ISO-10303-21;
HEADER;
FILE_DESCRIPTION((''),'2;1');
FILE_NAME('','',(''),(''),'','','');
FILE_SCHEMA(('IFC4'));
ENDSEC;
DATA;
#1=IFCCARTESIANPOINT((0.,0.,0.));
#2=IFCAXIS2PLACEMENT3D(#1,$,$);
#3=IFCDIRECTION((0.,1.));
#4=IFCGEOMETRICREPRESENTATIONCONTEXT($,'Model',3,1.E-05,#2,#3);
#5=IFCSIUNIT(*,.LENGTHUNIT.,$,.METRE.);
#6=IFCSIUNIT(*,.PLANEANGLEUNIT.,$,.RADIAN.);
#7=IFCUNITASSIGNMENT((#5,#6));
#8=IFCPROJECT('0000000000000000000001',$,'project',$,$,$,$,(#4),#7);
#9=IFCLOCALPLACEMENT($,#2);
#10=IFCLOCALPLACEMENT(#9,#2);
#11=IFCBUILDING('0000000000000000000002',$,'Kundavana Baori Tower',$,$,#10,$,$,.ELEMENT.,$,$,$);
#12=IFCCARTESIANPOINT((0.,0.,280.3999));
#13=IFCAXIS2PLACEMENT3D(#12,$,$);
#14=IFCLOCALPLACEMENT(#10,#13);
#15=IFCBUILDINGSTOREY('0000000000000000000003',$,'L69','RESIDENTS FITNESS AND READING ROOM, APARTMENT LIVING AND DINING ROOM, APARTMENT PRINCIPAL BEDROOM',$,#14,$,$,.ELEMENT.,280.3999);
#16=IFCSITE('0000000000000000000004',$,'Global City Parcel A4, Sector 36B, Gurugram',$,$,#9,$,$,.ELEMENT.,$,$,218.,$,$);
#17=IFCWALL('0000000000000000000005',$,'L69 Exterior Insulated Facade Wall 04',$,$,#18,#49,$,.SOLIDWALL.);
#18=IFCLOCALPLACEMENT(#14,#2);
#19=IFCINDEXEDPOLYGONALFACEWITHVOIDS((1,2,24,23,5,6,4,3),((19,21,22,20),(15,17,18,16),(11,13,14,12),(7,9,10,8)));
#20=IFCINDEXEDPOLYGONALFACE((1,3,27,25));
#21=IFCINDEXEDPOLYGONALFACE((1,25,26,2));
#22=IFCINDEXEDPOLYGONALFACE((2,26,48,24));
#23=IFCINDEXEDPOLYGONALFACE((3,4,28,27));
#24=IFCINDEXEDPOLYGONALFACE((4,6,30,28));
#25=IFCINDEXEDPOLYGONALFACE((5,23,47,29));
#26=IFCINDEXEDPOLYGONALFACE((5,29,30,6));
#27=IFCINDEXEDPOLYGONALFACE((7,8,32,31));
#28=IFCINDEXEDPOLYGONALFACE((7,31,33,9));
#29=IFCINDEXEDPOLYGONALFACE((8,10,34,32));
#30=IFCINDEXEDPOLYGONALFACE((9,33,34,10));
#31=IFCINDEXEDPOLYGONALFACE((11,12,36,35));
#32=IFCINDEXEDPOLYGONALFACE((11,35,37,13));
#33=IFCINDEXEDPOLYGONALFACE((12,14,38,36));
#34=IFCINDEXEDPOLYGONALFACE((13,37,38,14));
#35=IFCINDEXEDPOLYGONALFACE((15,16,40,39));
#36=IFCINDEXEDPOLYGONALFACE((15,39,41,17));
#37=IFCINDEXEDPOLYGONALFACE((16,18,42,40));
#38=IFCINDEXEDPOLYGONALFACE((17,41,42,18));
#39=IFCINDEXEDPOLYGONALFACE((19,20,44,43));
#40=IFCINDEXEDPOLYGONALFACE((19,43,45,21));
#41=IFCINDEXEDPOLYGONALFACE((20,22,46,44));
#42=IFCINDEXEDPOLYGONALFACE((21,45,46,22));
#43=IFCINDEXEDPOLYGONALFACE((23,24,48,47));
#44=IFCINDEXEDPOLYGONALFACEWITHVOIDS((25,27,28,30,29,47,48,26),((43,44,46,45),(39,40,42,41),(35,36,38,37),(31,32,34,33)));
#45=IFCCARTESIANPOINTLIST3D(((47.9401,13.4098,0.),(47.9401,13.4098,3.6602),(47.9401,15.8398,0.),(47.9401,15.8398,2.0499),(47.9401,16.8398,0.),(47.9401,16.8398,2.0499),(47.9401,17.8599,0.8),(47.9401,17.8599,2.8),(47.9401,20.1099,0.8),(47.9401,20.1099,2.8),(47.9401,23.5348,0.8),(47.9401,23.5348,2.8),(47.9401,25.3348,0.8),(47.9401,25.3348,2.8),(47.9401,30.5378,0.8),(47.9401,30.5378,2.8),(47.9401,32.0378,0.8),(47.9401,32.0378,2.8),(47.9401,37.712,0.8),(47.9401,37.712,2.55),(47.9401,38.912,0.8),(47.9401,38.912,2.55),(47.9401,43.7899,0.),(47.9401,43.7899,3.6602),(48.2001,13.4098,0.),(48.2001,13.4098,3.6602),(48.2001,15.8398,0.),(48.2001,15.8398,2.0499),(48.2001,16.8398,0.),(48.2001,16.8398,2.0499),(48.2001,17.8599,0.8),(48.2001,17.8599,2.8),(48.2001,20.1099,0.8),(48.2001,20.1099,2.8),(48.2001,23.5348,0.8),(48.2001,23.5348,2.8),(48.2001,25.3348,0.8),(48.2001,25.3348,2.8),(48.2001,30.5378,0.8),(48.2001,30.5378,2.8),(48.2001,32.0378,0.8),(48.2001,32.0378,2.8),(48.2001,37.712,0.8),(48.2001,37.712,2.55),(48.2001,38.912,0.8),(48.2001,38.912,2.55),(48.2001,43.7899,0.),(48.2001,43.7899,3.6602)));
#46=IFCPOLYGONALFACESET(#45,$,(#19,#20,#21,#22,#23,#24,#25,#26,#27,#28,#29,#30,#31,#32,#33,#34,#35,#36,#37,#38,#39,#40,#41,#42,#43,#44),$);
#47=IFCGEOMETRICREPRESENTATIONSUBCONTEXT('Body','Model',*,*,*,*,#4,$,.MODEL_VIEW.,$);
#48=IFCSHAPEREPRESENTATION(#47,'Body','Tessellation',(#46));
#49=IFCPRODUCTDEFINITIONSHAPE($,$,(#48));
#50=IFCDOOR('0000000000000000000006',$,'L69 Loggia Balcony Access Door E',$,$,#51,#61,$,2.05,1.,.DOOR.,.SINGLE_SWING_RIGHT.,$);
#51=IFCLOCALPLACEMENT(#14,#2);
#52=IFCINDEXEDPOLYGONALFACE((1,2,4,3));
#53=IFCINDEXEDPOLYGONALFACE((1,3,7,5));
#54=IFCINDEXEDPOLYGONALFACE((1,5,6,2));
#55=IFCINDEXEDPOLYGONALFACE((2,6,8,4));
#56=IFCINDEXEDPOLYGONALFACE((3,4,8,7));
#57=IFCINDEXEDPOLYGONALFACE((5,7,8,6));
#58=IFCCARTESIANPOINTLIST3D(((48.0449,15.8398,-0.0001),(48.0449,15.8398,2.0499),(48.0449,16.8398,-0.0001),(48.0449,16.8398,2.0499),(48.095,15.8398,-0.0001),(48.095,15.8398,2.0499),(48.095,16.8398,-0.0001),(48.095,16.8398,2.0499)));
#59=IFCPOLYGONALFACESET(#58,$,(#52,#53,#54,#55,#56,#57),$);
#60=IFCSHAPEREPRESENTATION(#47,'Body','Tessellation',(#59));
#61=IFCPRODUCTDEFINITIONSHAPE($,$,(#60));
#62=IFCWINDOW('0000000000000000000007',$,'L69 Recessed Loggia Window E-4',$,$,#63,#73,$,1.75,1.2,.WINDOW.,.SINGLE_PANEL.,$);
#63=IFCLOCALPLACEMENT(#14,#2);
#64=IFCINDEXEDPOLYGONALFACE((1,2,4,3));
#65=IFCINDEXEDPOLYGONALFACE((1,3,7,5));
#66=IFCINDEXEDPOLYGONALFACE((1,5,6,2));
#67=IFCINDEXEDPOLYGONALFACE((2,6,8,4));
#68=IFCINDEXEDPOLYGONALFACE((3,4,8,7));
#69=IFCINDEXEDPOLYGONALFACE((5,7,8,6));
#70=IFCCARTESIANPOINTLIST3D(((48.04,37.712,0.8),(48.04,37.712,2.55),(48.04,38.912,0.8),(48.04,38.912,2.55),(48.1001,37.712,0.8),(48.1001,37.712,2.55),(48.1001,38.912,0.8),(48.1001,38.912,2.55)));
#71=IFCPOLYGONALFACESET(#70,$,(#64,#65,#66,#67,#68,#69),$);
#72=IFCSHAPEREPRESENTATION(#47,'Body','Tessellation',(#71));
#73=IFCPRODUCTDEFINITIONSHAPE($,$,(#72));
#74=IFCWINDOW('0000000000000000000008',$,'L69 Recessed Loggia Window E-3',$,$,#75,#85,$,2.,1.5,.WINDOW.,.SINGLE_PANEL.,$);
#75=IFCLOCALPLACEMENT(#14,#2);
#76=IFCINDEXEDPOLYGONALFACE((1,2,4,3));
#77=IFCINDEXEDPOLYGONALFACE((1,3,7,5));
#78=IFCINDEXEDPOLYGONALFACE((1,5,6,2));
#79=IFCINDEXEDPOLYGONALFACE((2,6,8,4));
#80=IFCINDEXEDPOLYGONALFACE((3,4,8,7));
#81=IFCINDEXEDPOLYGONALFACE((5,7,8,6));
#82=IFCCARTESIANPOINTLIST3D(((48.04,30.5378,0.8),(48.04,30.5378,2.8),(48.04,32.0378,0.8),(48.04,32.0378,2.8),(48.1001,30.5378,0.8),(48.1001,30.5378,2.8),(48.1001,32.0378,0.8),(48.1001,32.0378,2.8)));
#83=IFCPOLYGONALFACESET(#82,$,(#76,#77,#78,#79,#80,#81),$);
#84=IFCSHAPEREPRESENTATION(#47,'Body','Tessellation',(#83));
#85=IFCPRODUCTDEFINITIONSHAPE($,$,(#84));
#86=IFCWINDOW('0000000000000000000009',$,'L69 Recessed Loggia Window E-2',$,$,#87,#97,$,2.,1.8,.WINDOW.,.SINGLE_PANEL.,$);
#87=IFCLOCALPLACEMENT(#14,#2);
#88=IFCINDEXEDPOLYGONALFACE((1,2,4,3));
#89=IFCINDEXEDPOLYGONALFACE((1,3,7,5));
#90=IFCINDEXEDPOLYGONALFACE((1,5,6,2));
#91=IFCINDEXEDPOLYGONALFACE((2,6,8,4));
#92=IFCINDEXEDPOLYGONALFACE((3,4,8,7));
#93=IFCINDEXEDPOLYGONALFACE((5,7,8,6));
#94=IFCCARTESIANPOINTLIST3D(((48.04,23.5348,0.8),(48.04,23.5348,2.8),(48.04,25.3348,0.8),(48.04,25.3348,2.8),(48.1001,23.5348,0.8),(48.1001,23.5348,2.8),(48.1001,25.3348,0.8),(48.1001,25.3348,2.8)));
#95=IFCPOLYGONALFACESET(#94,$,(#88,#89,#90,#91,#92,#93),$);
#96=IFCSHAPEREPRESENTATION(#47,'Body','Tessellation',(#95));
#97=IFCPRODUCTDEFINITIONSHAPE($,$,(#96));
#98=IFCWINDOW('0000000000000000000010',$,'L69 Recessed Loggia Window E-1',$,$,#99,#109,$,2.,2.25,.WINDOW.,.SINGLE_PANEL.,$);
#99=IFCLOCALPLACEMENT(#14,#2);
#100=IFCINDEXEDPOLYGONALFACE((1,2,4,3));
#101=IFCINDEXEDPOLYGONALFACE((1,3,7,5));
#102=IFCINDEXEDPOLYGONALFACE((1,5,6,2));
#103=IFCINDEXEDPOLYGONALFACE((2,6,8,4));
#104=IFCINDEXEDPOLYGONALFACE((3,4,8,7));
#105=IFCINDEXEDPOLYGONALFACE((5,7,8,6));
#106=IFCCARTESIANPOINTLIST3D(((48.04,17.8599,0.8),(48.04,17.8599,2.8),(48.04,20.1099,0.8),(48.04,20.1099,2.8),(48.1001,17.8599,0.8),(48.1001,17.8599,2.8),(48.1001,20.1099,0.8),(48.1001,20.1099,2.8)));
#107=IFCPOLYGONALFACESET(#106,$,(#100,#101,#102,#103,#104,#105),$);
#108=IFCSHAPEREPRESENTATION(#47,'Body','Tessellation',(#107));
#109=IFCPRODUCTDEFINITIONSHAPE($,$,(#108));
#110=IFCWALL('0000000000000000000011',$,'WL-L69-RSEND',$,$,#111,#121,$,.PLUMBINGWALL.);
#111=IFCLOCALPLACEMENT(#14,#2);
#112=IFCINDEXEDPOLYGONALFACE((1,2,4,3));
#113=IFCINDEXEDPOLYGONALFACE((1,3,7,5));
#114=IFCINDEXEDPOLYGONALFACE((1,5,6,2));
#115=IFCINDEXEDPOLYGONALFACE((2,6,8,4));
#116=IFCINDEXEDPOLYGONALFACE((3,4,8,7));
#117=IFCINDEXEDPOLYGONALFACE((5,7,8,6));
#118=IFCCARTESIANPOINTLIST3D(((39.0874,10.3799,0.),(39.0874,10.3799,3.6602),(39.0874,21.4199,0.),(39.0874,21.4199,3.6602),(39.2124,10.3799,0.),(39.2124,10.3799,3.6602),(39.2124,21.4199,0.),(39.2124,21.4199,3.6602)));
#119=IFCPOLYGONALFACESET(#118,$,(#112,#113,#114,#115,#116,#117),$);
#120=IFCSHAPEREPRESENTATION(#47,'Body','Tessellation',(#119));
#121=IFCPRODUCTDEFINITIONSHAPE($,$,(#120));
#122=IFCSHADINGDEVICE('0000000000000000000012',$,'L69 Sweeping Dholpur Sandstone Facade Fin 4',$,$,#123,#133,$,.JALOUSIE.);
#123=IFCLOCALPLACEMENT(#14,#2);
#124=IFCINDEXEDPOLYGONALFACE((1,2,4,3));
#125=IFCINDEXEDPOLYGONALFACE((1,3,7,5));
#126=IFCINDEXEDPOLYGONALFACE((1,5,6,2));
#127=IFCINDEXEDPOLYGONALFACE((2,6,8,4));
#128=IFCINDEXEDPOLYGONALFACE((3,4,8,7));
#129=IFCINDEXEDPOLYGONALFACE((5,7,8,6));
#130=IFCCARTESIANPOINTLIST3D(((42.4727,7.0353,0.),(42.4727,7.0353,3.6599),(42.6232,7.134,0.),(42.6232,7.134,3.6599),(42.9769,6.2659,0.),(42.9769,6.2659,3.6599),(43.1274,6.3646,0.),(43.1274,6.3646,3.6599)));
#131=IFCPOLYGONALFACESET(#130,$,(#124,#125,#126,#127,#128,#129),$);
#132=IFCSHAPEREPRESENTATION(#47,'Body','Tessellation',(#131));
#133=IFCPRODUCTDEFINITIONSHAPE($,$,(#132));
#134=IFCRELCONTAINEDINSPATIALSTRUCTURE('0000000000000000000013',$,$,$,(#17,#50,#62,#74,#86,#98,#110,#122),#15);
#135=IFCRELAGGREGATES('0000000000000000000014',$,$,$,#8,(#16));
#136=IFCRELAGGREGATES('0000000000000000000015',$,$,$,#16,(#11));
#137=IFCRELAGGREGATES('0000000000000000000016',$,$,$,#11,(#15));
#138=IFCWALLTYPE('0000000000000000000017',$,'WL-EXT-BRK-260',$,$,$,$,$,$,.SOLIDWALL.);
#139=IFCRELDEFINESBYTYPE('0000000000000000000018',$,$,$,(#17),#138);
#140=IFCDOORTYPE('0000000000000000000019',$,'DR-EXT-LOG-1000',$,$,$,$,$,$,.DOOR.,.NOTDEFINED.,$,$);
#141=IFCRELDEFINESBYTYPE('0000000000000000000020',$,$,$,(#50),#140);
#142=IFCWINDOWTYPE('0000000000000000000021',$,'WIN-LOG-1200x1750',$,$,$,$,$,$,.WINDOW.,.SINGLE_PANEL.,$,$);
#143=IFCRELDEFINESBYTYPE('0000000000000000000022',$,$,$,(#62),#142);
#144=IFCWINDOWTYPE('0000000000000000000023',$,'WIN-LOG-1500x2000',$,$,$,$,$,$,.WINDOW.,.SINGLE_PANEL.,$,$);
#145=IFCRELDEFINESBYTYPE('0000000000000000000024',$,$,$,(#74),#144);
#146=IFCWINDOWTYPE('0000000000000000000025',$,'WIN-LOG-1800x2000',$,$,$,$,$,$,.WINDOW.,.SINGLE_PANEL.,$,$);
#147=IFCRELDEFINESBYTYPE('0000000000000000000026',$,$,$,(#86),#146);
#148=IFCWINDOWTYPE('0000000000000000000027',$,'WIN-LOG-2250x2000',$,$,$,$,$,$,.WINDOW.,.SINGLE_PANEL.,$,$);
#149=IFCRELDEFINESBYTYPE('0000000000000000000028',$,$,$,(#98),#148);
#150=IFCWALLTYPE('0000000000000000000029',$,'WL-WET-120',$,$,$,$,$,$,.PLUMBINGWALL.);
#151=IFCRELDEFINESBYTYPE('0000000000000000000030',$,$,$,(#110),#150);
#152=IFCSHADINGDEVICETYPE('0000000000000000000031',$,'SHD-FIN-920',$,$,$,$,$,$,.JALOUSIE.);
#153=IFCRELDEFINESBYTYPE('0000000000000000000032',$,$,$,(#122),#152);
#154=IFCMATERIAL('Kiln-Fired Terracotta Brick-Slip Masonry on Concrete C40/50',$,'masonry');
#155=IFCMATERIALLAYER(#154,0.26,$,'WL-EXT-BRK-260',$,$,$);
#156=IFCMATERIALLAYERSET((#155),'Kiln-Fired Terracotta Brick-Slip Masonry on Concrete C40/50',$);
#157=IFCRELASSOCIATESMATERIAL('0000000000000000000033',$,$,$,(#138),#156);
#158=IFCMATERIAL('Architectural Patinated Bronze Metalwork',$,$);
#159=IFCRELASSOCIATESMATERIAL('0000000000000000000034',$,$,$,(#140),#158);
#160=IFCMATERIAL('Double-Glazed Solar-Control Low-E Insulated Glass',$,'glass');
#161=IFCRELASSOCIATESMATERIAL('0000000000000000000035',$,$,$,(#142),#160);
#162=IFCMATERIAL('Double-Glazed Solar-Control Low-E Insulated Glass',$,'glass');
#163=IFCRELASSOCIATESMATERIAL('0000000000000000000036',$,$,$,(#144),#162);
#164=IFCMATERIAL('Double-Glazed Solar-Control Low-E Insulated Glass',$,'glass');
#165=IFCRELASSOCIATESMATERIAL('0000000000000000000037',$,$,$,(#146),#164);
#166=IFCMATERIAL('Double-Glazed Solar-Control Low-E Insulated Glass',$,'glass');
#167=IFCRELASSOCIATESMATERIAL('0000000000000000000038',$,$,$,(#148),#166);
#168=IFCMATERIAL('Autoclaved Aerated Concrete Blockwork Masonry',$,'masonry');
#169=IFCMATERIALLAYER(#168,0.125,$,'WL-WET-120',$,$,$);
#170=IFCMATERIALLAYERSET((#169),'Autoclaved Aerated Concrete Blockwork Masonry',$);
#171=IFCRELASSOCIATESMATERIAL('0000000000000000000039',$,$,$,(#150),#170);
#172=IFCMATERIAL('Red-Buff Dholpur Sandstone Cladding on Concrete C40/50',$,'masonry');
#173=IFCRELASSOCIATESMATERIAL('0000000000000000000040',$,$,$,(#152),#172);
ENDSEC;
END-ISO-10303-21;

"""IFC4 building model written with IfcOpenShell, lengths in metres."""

from ifc_helpers import new_model, si_unit, direction, frame, frame_2d, origin, origin_2d, place, context, subcontext, project, spatial, rectangle, extrude, material, layer, layer_set, type_object, element, fill, save


model = new_model("IFC4")

# Units and contexts
model_context = context("Model", 3, precision=1e-05, world=origin(), true_north=direction((0.0, 1.0)))
body_context = subcontext(model_context, "Body", "Model", "MODEL_VIEW")
ifc_project = project(units=[si_unit("LENGTHUNIT", "METRE"), si_unit("PLANEANGLEUNIT", "RADIAN")], contexts=[model_context])

# Site, building, storey
site_placement = place(None, origin())
site = spatial("IfcSite", under=ifc_project, at=site_placement, Name="Global City Parcel A4, Sector 36B, Gurugram", CompositionType="ELEMENT", RefElevation=218.0)
building_placement = place(site_placement, origin())
building = spatial("IfcBuilding", under=site, at=building_placement, Name="Kundavana Baori Tower", CompositionType="ELEMENT")
storey_placement = place(building_placement, frame((0.0, 0.0, 280.3999)))
storey = spatial("IfcBuildingStorey", under=building, at=storey_placement, Name="L69", Description="RESIDENTS FITNESS AND READING ROOM, APARTMENT LIVING AND DINING ROOM, APARTMENT PRINCIPAL BEDROOM", CompositionType="ELEMENT", Elevation=280.3999)

# Shared definitions
ifc_material_1 = material(Name="Kiln-Fired Terracotta Brick-Slip Masonry on Concrete C40/50", Category="masonry")
ifc_layer_1 = layer(ifc_material_1, 0.26, Name="WL-EXT-BRK-260")
ifc_layer_set_1 = layer_set([ifc_layer_1], Name="Kiln-Fired Terracotta Brick-Slip Masonry on Concrete C40/50")
wall_type_1 = type_object("IfcWallType", Name="WL-EXT-BRK-260", PredefinedType="SOLIDWALL", material=ifc_layer_set_1)

# Wall, openings, door, windows
wall_1_placement = place(storey_placement, frame((48.0701, 13.4099, 0.0), z_axis=(0.0, 0.0, 1.0), x_axis=(0.0, 1.0, 0.0)))
wall_1 = element("IfcWall", 1, at=wall_1_placement, inside=storey, type_object=wall_type_1, Name="L69 Exterior Insulated Facade Wall 04", PredefinedType="SOLIDWALL", context=body_context, shape_type="SweptSolid", body=[
    extrude(rectangle(XDim=30.3801, YDim=0.26, at=frame_2d((15.1899, 0.0))), origin(), (0.0, 0.0, 1.0), 3.6602),
])
opening_1_placement = place(wall_1_placement, frame((2.4299, 0.0, 0.0)))
opening_1 = element("IfcOpeningElement", 2, at=opening_1_placement, cuts=wall_1, PredefinedType="OPENING", context=body_context, shape_type="SweptSolid", body=[
    extrude(rectangle(XDim=1.0, YDim=2.05, at=frame_2d((0.5, 1.0249))), frame((0.0, 0.1401, 0.0), z_axis=(0.0, -1.0, 0.0), x_axis=(1.0, 0.0, 0.0)), (0.0, 0.0, 1.0), 0.28),
])
opening_2_placement = place(wall_1_placement, frame((4.45, 0.0, 0.8)))
opening_2 = element("IfcOpeningElement", 3, at=opening_2_placement, cuts=wall_1, PredefinedType="OPENING", context=body_context, shape_type="SweptSolid", body=[
    extrude(rectangle(XDim=2.25, YDim=2.0, at=frame_2d((1.125, 1.0))), frame((0.0, 0.1401, 0.0), z_axis=(0.0, -1.0, 0.0), x_axis=(1.0, 0.0, 0.0)), (0.0, 0.0, 1.0), 0.28),
])
opening_3_placement = place(wall_1_placement, frame((10.125, 0.0, 0.8)))
opening_3 = element("IfcOpeningElement", 4, at=opening_3_placement, cuts=wall_1, PredefinedType="OPENING", context=body_context, shape_type="SweptSolid", body=[
    extrude(rectangle(XDim=1.8, YDim=2.0, at=frame_2d((0.8999, 1.0))), frame((0.0, 0.1401, 0.0), z_axis=(0.0, -1.0, 0.0), x_axis=(1.0, 0.0, 0.0)), (0.0, 0.0, 1.0), 0.28),
])
opening_4_placement = place(wall_1_placement, frame((17.1279, 0.0, 0.8)))
opening_4 = element("IfcOpeningElement", 5, at=opening_4_placement, cuts=wall_1, PredefinedType="OPENING", context=body_context, shape_type="SweptSolid", body=[
    extrude(rectangle(XDim=1.5, YDim=2.0, at=frame_2d((0.75, 1.0))), frame((0.0, 0.1401, 0.0), z_axis=(0.0, -1.0, 0.0), x_axis=(1.0, 0.0, 0.0)), (0.0, 0.0, 1.0), 0.28),
])
opening_5_placement = place(wall_1_placement, frame((24.302, 0.0, 0.8)))
opening_5 = element("IfcOpeningElement", 6, at=opening_5_placement, cuts=wall_1, PredefinedType="OPENING", context=body_context, shape_type="SweptSolid", body=[
    extrude(rectangle(XDim=1.2, YDim=1.75, at=frame_2d((0.6001, 0.875))), frame((0.0, 0.1401, 0.0), z_axis=(0.0, -1.0, 0.0), x_axis=(1.0, 0.0, 0.0)), (0.0, 0.0, 1.0), 0.28),
])
ifc_material_2 = material(Name="Architectural Patinated Bronze Metalwork")
door_type = type_object("IfcDoorType", Name="DR-EXT-LOG-1000", OperationType="NOTDEFINED", PredefinedType="DOOR", material=ifc_material_2)
door_placement = place(opening_1_placement, frame((1.0, 0.0, 0.0), z_axis=(0.0, 0.0, 1.0), x_axis=(-1.0, 0.0, 0.0)))
door = element("IfcDoor", 7, at=door_placement, inside=storey, type_object=door_type, Name="L69 Loggia Balcony Access Door E", OperationType="SINGLE_SWING_RIGHT", OverallHeight=2.05, OverallWidth=1.0, PredefinedType="DOOR", context=body_context, shape_type="SweptSolid", body=[
    extrude(rectangle(XDim=1.0, YDim=2.05, at=frame_2d((0.5, 1.0249))), frame((0.0, 0.0249, 0.0), z_axis=(0.0, -1.0, 0.0), x_axis=(1.0, 0.0, 0.0)), (0.0, 0.0, 1.0), 0.05),
])
fill(opening_1, door)
ifc_material_3 = material(Name="Double-Glazed Solar-Control Low-E Insulated Glass", Category="glass")
window_type_1 = type_object("IfcWindowType", Name="WIN-LOG-1200x1750", PartitioningType="SINGLE_PANEL", PredefinedType="WINDOW", material=ifc_material_3)
window_1_placement = place(opening_5_placement, origin())
window_1 = element("IfcWindow", 8, at=window_1_placement, inside=storey, type_object=window_type_1, Name="L69 Recessed Loggia Window E-4", OverallHeight=1.75, OverallWidth=1.2, PartitioningType="SINGLE_PANEL", PredefinedType="WINDOW", context=body_context, shape_type="SweptSolid", body=[
    extrude(rectangle(XDim=1.2, YDim=1.75, at=frame_2d((0.6001, 0.875))), frame((0.0, 0.03, 0.0), z_axis=(0.0, -1.0, 0.0), x_axis=(1.0, 0.0, 0.0)), (0.0, 0.0, 1.0), 0.0601),
])
fill(opening_5, window_1)
ifc_material_4 = material(Name="Double-Glazed Solar-Control Low-E Insulated Glass", Category="glass")
window_type_2 = type_object("IfcWindowType", Name="WIN-LOG-1500x2000", PartitioningType="SINGLE_PANEL", PredefinedType="WINDOW", material=ifc_material_4)
window_2_placement = place(opening_4_placement, origin())
window_2 = element("IfcWindow", 9, at=window_2_placement, inside=storey, type_object=window_type_2, Name="L69 Recessed Loggia Window E-3", OverallHeight=2.0, OverallWidth=1.5, PartitioningType="SINGLE_PANEL", PredefinedType="WINDOW", context=body_context, shape_type="SweptSolid", body=[
    extrude(rectangle(XDim=1.5, YDim=2.0, at=frame_2d((0.75, 1.0))), frame((0.0, 0.03, 0.0), z_axis=(0.0, -1.0, 0.0), x_axis=(1.0, 0.0, 0.0)), (0.0, 0.0, 1.0), 0.0601),
])
fill(opening_4, window_2)
ifc_material_5 = material(Name="Double-Glazed Solar-Control Low-E Insulated Glass", Category="glass")
window_type_3 = type_object("IfcWindowType", Name="WIN-LOG-1800x2000", PartitioningType="SINGLE_PANEL", PredefinedType="WINDOW", material=ifc_material_5)
window_3_placement = place(opening_3_placement, origin())
window_3 = element("IfcWindow", 10, at=window_3_placement, inside=storey, type_object=window_type_3, Name="L69 Recessed Loggia Window E-2", OverallHeight=2.0, OverallWidth=1.8, PartitioningType="SINGLE_PANEL", PredefinedType="WINDOW", context=body_context, shape_type="SweptSolid", body=[
    extrude(rectangle(XDim=1.8, YDim=2.0, at=frame_2d((0.8999, 1.0))), frame((0.0, 0.03, 0.0), z_axis=(0.0, -1.0, 0.0), x_axis=(1.0, 0.0, 0.0)), (0.0, 0.0, 1.0), 0.0601),
])
fill(opening_3, window_3)
ifc_material_6 = material(Name="Double-Glazed Solar-Control Low-E Insulated Glass", Category="glass")
window_type_4 = type_object("IfcWindowType", Name="WIN-LOG-2250x2000", PartitioningType="SINGLE_PANEL", PredefinedType="WINDOW", material=ifc_material_6)
window_4_placement = place(opening_2_placement, origin())
window_4 = element("IfcWindow", 11, at=window_4_placement, inside=storey, type_object=window_type_4, Name="L69 Recessed Loggia Window E-1", OverallHeight=2.0, OverallWidth=2.25, PartitioningType="SINGLE_PANEL", PredefinedType="WINDOW", context=body_context, shape_type="SweptSolid", body=[
    extrude(rectangle(XDim=2.25, YDim=2.0, at=frame_2d((1.125, 1.0))), frame((0.0, 0.03, 0.0), z_axis=(0.0, -1.0, 0.0), x_axis=(1.0, 0.0, 0.0)), (0.0, 0.0, 1.0), 0.0601),
])
fill(opening_2, window_4)

# Wall
ifc_material_7 = material(Name="Autoclaved Aerated Concrete Blockwork Masonry", Category="masonry")
ifc_layer_2 = layer(ifc_material_7, 0.125, Name="WL-WET-120")
ifc_layer_set_2 = layer_set([ifc_layer_2], Name="Autoclaved Aerated Concrete Blockwork Masonry")
wall_type_2 = type_object("IfcWallType", Name="WL-WET-120", PredefinedType="PLUMBINGWALL", material=ifc_layer_set_2)
wall_2_placement = place(storey_placement, frame((39.1499, 10.3799, 0.0), z_axis=(0.0, 0.0, 1.0), x_axis=(0.0, 1.0, 0.0)))
element("IfcWall", 12, at=wall_2_placement, inside=storey, type_object=wall_type_2, Name="WL-L69-RSEND", PredefinedType="PLUMBINGWALL", context=body_context, shape_type="SweptSolid", body=[
    extrude(rectangle(XDim=11.04, YDim=0.125, at=frame_2d((5.52, 0.0))), origin(), (0.0, 0.0, 1.0), 3.6602),
])

# Shading device
ifc_material_8 = material(Name="Red-Buff Dholpur Sandstone Cladding on Concrete C40/50", Category="masonry")
shading_device_type = type_object("IfcShadingDeviceType", Name="SHD-FIN-920", PredefinedType="JALOUSIE", material=ifc_material_8)
shading_device_placement = place(storey_placement, frame((42.8, 6.7, 0.0), z_axis=(0.0, 0.0, 1.0), x_axis=(0.836382, 0.548147, 0.0)))
element("IfcShadingDevice", 13, at=shading_device_placement, inside=storey, type_object=shading_device_type, Name="L69 Sweeping Dholpur Sandstone Facade Fin 4", PredefinedType="JALOUSIE", context=body_context, shape_type="SweptSolid", body=[
    extrude(rectangle(XDim=0.1799, YDim=0.9199, at=origin_2d()), origin(), (0.0, 0.0, 1.0), 3.6599),
])

save(model, "model.ifc")
